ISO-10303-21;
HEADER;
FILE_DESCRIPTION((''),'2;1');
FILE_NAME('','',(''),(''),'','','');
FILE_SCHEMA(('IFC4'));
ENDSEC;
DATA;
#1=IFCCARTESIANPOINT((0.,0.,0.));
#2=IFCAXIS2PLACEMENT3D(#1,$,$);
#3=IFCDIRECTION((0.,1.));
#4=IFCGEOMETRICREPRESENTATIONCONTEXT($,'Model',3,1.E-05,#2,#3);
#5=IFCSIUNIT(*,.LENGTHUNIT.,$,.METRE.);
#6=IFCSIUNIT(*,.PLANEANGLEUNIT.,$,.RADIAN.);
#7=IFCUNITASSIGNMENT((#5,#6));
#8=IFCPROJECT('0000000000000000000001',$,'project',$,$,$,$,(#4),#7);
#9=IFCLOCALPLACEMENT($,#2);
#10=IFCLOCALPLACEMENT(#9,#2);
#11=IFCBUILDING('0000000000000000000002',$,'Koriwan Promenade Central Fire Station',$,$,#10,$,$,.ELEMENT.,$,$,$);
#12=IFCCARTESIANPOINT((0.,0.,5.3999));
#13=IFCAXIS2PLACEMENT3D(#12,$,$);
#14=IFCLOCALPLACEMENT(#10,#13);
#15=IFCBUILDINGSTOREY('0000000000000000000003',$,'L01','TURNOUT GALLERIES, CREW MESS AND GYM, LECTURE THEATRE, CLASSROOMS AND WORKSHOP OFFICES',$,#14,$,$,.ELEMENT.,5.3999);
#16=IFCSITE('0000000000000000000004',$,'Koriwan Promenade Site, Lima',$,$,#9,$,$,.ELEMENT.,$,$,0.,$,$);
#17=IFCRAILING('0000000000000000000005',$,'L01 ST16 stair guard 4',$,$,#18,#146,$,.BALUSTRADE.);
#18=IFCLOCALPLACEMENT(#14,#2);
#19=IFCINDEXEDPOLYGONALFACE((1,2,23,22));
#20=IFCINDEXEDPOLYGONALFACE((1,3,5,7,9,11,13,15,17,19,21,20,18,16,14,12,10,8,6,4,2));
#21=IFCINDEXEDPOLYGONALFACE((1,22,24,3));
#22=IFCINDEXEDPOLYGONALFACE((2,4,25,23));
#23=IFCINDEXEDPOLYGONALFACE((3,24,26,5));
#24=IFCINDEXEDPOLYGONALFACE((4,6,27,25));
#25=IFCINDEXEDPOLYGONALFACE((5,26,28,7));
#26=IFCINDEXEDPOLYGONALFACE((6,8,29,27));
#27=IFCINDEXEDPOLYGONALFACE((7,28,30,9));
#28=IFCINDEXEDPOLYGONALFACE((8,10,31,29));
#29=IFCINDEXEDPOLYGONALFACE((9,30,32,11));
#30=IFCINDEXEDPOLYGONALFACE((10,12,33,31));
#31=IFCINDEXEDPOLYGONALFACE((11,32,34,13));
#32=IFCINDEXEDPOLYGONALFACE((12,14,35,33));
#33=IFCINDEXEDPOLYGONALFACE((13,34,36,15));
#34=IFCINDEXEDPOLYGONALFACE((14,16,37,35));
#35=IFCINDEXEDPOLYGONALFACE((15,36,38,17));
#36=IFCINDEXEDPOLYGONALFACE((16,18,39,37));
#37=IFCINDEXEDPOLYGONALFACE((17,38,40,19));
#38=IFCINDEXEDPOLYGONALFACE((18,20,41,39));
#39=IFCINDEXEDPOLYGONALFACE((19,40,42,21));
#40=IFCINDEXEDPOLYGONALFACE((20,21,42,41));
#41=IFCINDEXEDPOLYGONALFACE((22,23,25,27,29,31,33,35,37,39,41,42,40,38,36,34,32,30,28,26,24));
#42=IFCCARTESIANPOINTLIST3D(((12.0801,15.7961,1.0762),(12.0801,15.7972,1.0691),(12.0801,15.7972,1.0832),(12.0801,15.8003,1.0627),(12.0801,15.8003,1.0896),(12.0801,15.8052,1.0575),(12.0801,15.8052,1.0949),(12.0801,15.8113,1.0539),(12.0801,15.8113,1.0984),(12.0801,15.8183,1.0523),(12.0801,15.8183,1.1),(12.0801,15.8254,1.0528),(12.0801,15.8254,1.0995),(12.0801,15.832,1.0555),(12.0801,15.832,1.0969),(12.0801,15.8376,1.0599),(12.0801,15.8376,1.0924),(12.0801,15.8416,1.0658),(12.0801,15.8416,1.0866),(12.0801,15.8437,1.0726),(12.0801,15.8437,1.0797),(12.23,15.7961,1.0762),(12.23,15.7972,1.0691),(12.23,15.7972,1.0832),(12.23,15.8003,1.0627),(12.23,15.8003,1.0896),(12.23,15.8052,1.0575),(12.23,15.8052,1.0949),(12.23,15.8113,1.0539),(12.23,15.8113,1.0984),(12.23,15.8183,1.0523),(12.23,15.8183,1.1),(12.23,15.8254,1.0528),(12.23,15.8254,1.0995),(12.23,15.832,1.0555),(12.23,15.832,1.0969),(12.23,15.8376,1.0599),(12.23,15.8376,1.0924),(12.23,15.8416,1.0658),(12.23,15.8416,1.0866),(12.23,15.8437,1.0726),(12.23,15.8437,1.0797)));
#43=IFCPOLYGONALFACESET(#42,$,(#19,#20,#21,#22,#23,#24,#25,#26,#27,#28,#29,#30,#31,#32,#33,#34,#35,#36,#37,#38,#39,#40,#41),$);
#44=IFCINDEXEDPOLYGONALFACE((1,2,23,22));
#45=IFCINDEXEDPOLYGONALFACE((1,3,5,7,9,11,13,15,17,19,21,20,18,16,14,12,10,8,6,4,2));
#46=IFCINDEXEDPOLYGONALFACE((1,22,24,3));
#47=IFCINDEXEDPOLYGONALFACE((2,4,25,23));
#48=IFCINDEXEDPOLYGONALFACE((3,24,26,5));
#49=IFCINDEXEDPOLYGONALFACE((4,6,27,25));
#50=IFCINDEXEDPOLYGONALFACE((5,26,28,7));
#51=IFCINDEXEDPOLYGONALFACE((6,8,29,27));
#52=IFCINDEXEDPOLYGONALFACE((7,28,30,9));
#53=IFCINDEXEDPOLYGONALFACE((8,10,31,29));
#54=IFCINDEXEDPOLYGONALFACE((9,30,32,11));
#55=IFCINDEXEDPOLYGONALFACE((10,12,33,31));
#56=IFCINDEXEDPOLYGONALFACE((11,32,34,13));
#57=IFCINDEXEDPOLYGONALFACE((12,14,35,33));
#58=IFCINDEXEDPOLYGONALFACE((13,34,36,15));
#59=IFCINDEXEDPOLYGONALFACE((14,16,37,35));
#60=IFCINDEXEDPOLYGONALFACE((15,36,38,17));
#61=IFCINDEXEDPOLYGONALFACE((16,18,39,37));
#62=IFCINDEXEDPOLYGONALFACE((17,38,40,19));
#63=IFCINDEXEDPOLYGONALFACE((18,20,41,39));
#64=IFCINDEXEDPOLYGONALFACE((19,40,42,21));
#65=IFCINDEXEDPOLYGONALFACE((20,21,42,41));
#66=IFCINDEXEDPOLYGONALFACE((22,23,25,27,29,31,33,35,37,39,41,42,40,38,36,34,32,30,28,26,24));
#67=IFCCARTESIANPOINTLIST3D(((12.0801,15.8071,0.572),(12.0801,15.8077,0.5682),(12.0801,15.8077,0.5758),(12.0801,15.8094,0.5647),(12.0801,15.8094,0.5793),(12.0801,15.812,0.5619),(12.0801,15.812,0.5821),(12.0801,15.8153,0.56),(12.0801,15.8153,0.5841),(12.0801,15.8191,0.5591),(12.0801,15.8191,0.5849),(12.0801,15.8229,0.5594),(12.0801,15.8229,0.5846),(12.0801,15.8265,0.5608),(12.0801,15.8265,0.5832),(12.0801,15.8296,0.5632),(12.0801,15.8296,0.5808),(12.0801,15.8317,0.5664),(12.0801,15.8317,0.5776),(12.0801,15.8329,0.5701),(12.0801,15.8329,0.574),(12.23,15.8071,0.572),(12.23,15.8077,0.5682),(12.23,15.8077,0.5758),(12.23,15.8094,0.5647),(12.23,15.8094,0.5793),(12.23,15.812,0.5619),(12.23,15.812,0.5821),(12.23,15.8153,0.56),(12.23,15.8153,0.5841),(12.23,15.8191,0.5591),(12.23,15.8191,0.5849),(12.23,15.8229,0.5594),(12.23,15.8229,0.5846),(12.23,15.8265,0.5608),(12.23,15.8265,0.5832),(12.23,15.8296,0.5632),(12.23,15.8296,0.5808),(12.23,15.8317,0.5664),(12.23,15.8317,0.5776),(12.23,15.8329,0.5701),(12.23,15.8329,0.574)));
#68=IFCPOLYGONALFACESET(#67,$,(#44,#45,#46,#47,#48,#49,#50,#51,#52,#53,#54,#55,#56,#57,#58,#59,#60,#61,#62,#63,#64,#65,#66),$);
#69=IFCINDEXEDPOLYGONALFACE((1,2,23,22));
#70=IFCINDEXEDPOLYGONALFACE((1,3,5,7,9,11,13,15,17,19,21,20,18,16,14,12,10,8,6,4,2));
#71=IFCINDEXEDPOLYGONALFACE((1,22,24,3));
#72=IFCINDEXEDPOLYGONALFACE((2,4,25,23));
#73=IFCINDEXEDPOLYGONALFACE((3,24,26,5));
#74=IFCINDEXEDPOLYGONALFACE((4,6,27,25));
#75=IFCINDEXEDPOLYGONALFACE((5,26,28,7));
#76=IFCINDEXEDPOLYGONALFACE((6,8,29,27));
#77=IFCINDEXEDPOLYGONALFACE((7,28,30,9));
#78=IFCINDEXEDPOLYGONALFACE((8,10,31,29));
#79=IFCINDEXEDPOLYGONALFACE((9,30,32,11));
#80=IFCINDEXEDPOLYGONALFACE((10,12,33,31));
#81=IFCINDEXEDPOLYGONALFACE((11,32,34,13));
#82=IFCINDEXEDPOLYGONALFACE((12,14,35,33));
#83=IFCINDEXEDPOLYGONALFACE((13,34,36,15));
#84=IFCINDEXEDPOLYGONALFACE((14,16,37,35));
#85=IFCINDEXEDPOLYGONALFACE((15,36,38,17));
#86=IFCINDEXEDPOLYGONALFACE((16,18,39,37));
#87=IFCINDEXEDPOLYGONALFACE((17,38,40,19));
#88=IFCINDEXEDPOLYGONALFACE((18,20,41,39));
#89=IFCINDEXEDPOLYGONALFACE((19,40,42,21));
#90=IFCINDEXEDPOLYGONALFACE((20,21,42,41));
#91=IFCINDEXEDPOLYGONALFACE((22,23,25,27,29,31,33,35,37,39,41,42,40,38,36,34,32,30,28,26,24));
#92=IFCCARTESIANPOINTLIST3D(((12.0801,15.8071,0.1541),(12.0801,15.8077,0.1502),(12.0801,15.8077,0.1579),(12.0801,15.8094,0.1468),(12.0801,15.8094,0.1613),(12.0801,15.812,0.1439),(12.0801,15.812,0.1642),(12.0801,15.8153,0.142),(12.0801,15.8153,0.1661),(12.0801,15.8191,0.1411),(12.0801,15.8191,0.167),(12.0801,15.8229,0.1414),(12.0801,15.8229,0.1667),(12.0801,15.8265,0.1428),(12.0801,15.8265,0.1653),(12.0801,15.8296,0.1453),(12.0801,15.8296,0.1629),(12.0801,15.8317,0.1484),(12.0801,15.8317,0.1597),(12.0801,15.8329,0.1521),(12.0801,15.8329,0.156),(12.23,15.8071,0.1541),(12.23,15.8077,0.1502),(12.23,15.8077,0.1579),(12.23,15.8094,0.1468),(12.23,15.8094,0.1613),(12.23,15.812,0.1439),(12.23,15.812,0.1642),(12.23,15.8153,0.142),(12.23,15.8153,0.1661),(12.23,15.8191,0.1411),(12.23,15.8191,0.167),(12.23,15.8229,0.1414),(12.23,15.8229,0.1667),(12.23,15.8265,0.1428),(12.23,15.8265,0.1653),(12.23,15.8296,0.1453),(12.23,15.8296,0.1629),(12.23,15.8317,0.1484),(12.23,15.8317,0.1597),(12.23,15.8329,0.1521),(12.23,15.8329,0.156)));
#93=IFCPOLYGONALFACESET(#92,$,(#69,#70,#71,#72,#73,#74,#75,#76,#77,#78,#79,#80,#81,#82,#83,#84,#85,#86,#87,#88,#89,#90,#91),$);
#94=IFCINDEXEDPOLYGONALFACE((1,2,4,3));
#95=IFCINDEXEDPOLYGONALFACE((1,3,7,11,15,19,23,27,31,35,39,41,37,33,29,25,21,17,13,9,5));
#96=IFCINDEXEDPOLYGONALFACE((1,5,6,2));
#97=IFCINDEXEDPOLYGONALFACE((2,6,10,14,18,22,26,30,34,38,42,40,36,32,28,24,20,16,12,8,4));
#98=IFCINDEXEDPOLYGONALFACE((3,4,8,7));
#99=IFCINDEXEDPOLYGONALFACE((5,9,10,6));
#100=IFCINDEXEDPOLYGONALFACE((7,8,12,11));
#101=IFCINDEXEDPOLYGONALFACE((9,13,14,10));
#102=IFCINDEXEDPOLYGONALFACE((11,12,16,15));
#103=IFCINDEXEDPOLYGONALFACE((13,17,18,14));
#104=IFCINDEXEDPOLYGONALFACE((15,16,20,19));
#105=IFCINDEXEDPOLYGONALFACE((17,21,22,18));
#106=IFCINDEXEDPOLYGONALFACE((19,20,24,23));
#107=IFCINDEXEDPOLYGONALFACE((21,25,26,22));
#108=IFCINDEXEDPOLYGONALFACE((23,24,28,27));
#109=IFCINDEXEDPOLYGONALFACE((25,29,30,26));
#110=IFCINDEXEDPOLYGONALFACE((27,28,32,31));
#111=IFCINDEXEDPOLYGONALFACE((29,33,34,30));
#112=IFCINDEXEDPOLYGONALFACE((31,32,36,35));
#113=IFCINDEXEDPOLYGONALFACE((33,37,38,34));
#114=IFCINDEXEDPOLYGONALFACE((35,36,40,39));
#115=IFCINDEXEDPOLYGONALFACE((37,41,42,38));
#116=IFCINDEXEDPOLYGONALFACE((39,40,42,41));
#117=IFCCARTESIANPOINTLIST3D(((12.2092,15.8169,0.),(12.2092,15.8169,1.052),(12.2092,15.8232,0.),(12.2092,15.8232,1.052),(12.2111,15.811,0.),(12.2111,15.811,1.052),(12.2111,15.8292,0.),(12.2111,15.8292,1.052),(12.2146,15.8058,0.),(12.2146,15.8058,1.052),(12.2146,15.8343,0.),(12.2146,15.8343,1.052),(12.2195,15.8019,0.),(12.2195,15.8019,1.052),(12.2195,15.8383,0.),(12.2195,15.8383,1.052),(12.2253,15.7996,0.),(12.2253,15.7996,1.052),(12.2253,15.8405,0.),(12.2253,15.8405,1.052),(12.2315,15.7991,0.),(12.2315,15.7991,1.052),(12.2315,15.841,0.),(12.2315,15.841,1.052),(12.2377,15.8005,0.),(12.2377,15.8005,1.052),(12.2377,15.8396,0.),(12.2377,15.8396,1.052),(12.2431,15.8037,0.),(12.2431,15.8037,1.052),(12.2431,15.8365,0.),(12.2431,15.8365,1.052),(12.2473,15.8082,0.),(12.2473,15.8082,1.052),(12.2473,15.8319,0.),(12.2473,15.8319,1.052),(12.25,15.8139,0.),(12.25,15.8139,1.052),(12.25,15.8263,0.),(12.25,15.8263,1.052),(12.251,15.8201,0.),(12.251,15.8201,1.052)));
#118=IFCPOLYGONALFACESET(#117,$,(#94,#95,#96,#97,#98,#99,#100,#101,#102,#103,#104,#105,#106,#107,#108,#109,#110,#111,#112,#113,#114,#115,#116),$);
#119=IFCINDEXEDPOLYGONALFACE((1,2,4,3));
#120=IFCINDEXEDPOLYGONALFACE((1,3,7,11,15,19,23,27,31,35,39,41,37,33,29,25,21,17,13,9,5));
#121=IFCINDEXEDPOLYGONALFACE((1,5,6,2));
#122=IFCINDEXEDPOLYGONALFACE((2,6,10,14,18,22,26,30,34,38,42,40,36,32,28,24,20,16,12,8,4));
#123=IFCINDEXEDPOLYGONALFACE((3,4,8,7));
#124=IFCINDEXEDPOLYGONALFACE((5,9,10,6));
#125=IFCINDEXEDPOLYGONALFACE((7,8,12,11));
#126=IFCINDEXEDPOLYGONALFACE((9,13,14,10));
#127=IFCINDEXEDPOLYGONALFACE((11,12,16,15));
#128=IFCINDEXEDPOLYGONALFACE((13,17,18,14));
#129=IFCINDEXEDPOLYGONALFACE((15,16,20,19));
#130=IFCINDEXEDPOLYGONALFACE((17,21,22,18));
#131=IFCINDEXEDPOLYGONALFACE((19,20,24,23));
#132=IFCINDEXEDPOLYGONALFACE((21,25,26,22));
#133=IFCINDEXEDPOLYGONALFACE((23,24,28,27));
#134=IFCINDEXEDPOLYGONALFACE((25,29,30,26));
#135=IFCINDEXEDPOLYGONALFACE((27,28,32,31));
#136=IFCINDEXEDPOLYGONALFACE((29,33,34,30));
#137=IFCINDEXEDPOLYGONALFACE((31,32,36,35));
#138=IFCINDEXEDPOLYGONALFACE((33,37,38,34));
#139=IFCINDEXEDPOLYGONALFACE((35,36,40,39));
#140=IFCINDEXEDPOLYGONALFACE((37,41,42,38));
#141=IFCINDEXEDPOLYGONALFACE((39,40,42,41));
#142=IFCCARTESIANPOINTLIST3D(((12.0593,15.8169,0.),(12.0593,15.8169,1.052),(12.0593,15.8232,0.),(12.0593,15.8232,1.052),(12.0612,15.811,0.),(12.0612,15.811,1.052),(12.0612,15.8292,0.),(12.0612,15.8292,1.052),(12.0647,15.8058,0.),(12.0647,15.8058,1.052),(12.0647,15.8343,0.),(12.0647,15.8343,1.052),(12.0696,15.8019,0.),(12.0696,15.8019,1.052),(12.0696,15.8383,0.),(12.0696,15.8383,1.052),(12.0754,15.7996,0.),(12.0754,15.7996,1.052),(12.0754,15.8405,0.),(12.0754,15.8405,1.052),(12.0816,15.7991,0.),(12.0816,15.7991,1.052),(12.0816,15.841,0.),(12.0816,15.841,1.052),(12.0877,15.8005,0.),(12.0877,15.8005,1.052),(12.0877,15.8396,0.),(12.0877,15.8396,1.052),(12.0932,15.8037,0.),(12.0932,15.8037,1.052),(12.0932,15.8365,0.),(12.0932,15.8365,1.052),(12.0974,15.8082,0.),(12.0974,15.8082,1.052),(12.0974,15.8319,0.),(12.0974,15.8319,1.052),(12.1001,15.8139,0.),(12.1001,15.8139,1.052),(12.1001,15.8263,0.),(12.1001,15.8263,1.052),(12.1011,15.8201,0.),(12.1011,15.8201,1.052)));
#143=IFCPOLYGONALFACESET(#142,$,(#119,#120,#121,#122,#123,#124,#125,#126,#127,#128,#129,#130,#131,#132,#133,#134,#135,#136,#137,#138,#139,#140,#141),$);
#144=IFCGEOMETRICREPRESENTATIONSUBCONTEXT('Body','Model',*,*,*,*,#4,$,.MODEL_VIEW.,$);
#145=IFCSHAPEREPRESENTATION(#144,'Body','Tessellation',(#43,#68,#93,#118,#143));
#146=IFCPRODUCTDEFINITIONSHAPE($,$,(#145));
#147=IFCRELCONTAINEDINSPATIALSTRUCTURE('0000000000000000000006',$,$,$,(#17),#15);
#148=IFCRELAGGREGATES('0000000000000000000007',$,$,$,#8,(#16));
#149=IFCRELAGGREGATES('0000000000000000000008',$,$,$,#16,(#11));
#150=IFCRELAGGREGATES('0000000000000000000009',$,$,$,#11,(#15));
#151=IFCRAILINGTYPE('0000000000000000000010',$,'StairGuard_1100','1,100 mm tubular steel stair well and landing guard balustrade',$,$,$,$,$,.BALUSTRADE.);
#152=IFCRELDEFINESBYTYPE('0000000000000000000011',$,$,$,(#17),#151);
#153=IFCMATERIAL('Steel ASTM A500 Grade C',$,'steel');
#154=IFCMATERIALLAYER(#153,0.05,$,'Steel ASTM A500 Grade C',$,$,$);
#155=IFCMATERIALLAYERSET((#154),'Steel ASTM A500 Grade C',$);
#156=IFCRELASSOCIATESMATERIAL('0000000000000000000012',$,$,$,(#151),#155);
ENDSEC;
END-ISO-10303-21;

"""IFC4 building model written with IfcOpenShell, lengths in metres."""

from ifc_helpers import new_model, si_unit, direction, frame, origin, origin_2d, place, context, subcontext, project, spatial, circle, extrude, material, layer, layer_set, type_object, element, save


model = new_model("IFC4")

# Units and contexts
model_context = context("Model", 3, precision=1e-05, world=origin(), true_north=direction((0.0, 1.0)))
body_context = subcontext(model_context, "Body", "Model", "MODEL_VIEW")
ifc_project = project(units=[si_unit("LENGTHUNIT", "METRE"), si_unit("PLANEANGLEUNIT", "RADIAN")], contexts=[model_context])

# Site, building, storey
site_placement = place(None, origin())
site = spatial("IfcSite", under=ifc_project, at=site_placement, Name="Koriwan Promenade Site, Lima", CompositionType="ELEMENT", RefElevation=0.0)
building_placement = place(site_placement, origin())
building = spatial("IfcBuilding", under=site, at=building_placement, Name="Koriwan Promenade Central Fire Station", CompositionType="ELEMENT")
storey_placement = place(building_placement, frame((0.0, 0.0, 5.3999)))
storey = spatial("IfcBuildingStorey", under=building, at=storey_placement, Name="L01", Description="TURNOUT GALLERIES, CREW MESS AND GYM, LECTURE THEATRE, CLASSROOMS AND WORKSHOP OFFICES", CompositionType="ELEMENT", Elevation=5.3999)

# Shared definitions
ifc_material_1 = material(Name="Steel ASTM A500 Grade C", Category="steel")

# Railing
ifc_layer_1 = layer(ifc_material_1, 0.05, Name="Steel ASTM A500 Grade C")
ifc_layer_set_1 = layer_set([ifc_layer_1], Name="Steel ASTM A500 Grade C")
railing_type_1 = type_object("IfcRailingType", Name="StairGuard_1100", Description="1,100 mm tubular steel stair well and landing guard balustrade", PredefinedType="BALUSTRADE", material=ifc_layer_set_1)
railing_1_placement = place(storey_placement, frame((12.23, 15.8201, 0.0)))
element("IfcRailing", 1, at=railing_1_placement, inside=storey, type_object=railing_type_1, Name="L01 ST16 stair guard 4", PredefinedType="BALUSTRADE", context=body_context, shape_type="SweptSolid", body=[
    extrude(circle(Radius=0.0239, at=origin_2d()), frame((0.0, 0.0, 1.0762), z_axis=(-1.0, 0.0, 0.0), x_axis=(0.0, -1.0, 0.0)), (0.0, 0.0, 1.0), 0.1499),
    extrude(circle(Radius=0.0129, at=origin_2d()), frame((0.0, 0.0, 0.572), z_axis=(-1.0, 0.0, 0.0), x_axis=(0.0, -1.0, 0.0)), (0.0, 0.0, 1.0), 0.1499),
    extrude(circle(Radius=0.0129, at=origin_2d()), frame((0.0, 0.0, 0.1541), z_axis=(-1.0, 0.0, 0.0), x_axis=(0.0, -1.0, 0.0)), (0.0, 0.0, 1.0), 0.1499),
    extrude(circle(Radius=0.021, at=origin_2d()), origin(), (0.0, 0.0, 1.0), 1.052),
    extrude(circle(Radius=0.021, at=origin_2d()), frame((-0.1499, 0.0, 0.0)), (0.0, 0.0, 1.0), 1.052),
])

save(model, "model.ifc")
